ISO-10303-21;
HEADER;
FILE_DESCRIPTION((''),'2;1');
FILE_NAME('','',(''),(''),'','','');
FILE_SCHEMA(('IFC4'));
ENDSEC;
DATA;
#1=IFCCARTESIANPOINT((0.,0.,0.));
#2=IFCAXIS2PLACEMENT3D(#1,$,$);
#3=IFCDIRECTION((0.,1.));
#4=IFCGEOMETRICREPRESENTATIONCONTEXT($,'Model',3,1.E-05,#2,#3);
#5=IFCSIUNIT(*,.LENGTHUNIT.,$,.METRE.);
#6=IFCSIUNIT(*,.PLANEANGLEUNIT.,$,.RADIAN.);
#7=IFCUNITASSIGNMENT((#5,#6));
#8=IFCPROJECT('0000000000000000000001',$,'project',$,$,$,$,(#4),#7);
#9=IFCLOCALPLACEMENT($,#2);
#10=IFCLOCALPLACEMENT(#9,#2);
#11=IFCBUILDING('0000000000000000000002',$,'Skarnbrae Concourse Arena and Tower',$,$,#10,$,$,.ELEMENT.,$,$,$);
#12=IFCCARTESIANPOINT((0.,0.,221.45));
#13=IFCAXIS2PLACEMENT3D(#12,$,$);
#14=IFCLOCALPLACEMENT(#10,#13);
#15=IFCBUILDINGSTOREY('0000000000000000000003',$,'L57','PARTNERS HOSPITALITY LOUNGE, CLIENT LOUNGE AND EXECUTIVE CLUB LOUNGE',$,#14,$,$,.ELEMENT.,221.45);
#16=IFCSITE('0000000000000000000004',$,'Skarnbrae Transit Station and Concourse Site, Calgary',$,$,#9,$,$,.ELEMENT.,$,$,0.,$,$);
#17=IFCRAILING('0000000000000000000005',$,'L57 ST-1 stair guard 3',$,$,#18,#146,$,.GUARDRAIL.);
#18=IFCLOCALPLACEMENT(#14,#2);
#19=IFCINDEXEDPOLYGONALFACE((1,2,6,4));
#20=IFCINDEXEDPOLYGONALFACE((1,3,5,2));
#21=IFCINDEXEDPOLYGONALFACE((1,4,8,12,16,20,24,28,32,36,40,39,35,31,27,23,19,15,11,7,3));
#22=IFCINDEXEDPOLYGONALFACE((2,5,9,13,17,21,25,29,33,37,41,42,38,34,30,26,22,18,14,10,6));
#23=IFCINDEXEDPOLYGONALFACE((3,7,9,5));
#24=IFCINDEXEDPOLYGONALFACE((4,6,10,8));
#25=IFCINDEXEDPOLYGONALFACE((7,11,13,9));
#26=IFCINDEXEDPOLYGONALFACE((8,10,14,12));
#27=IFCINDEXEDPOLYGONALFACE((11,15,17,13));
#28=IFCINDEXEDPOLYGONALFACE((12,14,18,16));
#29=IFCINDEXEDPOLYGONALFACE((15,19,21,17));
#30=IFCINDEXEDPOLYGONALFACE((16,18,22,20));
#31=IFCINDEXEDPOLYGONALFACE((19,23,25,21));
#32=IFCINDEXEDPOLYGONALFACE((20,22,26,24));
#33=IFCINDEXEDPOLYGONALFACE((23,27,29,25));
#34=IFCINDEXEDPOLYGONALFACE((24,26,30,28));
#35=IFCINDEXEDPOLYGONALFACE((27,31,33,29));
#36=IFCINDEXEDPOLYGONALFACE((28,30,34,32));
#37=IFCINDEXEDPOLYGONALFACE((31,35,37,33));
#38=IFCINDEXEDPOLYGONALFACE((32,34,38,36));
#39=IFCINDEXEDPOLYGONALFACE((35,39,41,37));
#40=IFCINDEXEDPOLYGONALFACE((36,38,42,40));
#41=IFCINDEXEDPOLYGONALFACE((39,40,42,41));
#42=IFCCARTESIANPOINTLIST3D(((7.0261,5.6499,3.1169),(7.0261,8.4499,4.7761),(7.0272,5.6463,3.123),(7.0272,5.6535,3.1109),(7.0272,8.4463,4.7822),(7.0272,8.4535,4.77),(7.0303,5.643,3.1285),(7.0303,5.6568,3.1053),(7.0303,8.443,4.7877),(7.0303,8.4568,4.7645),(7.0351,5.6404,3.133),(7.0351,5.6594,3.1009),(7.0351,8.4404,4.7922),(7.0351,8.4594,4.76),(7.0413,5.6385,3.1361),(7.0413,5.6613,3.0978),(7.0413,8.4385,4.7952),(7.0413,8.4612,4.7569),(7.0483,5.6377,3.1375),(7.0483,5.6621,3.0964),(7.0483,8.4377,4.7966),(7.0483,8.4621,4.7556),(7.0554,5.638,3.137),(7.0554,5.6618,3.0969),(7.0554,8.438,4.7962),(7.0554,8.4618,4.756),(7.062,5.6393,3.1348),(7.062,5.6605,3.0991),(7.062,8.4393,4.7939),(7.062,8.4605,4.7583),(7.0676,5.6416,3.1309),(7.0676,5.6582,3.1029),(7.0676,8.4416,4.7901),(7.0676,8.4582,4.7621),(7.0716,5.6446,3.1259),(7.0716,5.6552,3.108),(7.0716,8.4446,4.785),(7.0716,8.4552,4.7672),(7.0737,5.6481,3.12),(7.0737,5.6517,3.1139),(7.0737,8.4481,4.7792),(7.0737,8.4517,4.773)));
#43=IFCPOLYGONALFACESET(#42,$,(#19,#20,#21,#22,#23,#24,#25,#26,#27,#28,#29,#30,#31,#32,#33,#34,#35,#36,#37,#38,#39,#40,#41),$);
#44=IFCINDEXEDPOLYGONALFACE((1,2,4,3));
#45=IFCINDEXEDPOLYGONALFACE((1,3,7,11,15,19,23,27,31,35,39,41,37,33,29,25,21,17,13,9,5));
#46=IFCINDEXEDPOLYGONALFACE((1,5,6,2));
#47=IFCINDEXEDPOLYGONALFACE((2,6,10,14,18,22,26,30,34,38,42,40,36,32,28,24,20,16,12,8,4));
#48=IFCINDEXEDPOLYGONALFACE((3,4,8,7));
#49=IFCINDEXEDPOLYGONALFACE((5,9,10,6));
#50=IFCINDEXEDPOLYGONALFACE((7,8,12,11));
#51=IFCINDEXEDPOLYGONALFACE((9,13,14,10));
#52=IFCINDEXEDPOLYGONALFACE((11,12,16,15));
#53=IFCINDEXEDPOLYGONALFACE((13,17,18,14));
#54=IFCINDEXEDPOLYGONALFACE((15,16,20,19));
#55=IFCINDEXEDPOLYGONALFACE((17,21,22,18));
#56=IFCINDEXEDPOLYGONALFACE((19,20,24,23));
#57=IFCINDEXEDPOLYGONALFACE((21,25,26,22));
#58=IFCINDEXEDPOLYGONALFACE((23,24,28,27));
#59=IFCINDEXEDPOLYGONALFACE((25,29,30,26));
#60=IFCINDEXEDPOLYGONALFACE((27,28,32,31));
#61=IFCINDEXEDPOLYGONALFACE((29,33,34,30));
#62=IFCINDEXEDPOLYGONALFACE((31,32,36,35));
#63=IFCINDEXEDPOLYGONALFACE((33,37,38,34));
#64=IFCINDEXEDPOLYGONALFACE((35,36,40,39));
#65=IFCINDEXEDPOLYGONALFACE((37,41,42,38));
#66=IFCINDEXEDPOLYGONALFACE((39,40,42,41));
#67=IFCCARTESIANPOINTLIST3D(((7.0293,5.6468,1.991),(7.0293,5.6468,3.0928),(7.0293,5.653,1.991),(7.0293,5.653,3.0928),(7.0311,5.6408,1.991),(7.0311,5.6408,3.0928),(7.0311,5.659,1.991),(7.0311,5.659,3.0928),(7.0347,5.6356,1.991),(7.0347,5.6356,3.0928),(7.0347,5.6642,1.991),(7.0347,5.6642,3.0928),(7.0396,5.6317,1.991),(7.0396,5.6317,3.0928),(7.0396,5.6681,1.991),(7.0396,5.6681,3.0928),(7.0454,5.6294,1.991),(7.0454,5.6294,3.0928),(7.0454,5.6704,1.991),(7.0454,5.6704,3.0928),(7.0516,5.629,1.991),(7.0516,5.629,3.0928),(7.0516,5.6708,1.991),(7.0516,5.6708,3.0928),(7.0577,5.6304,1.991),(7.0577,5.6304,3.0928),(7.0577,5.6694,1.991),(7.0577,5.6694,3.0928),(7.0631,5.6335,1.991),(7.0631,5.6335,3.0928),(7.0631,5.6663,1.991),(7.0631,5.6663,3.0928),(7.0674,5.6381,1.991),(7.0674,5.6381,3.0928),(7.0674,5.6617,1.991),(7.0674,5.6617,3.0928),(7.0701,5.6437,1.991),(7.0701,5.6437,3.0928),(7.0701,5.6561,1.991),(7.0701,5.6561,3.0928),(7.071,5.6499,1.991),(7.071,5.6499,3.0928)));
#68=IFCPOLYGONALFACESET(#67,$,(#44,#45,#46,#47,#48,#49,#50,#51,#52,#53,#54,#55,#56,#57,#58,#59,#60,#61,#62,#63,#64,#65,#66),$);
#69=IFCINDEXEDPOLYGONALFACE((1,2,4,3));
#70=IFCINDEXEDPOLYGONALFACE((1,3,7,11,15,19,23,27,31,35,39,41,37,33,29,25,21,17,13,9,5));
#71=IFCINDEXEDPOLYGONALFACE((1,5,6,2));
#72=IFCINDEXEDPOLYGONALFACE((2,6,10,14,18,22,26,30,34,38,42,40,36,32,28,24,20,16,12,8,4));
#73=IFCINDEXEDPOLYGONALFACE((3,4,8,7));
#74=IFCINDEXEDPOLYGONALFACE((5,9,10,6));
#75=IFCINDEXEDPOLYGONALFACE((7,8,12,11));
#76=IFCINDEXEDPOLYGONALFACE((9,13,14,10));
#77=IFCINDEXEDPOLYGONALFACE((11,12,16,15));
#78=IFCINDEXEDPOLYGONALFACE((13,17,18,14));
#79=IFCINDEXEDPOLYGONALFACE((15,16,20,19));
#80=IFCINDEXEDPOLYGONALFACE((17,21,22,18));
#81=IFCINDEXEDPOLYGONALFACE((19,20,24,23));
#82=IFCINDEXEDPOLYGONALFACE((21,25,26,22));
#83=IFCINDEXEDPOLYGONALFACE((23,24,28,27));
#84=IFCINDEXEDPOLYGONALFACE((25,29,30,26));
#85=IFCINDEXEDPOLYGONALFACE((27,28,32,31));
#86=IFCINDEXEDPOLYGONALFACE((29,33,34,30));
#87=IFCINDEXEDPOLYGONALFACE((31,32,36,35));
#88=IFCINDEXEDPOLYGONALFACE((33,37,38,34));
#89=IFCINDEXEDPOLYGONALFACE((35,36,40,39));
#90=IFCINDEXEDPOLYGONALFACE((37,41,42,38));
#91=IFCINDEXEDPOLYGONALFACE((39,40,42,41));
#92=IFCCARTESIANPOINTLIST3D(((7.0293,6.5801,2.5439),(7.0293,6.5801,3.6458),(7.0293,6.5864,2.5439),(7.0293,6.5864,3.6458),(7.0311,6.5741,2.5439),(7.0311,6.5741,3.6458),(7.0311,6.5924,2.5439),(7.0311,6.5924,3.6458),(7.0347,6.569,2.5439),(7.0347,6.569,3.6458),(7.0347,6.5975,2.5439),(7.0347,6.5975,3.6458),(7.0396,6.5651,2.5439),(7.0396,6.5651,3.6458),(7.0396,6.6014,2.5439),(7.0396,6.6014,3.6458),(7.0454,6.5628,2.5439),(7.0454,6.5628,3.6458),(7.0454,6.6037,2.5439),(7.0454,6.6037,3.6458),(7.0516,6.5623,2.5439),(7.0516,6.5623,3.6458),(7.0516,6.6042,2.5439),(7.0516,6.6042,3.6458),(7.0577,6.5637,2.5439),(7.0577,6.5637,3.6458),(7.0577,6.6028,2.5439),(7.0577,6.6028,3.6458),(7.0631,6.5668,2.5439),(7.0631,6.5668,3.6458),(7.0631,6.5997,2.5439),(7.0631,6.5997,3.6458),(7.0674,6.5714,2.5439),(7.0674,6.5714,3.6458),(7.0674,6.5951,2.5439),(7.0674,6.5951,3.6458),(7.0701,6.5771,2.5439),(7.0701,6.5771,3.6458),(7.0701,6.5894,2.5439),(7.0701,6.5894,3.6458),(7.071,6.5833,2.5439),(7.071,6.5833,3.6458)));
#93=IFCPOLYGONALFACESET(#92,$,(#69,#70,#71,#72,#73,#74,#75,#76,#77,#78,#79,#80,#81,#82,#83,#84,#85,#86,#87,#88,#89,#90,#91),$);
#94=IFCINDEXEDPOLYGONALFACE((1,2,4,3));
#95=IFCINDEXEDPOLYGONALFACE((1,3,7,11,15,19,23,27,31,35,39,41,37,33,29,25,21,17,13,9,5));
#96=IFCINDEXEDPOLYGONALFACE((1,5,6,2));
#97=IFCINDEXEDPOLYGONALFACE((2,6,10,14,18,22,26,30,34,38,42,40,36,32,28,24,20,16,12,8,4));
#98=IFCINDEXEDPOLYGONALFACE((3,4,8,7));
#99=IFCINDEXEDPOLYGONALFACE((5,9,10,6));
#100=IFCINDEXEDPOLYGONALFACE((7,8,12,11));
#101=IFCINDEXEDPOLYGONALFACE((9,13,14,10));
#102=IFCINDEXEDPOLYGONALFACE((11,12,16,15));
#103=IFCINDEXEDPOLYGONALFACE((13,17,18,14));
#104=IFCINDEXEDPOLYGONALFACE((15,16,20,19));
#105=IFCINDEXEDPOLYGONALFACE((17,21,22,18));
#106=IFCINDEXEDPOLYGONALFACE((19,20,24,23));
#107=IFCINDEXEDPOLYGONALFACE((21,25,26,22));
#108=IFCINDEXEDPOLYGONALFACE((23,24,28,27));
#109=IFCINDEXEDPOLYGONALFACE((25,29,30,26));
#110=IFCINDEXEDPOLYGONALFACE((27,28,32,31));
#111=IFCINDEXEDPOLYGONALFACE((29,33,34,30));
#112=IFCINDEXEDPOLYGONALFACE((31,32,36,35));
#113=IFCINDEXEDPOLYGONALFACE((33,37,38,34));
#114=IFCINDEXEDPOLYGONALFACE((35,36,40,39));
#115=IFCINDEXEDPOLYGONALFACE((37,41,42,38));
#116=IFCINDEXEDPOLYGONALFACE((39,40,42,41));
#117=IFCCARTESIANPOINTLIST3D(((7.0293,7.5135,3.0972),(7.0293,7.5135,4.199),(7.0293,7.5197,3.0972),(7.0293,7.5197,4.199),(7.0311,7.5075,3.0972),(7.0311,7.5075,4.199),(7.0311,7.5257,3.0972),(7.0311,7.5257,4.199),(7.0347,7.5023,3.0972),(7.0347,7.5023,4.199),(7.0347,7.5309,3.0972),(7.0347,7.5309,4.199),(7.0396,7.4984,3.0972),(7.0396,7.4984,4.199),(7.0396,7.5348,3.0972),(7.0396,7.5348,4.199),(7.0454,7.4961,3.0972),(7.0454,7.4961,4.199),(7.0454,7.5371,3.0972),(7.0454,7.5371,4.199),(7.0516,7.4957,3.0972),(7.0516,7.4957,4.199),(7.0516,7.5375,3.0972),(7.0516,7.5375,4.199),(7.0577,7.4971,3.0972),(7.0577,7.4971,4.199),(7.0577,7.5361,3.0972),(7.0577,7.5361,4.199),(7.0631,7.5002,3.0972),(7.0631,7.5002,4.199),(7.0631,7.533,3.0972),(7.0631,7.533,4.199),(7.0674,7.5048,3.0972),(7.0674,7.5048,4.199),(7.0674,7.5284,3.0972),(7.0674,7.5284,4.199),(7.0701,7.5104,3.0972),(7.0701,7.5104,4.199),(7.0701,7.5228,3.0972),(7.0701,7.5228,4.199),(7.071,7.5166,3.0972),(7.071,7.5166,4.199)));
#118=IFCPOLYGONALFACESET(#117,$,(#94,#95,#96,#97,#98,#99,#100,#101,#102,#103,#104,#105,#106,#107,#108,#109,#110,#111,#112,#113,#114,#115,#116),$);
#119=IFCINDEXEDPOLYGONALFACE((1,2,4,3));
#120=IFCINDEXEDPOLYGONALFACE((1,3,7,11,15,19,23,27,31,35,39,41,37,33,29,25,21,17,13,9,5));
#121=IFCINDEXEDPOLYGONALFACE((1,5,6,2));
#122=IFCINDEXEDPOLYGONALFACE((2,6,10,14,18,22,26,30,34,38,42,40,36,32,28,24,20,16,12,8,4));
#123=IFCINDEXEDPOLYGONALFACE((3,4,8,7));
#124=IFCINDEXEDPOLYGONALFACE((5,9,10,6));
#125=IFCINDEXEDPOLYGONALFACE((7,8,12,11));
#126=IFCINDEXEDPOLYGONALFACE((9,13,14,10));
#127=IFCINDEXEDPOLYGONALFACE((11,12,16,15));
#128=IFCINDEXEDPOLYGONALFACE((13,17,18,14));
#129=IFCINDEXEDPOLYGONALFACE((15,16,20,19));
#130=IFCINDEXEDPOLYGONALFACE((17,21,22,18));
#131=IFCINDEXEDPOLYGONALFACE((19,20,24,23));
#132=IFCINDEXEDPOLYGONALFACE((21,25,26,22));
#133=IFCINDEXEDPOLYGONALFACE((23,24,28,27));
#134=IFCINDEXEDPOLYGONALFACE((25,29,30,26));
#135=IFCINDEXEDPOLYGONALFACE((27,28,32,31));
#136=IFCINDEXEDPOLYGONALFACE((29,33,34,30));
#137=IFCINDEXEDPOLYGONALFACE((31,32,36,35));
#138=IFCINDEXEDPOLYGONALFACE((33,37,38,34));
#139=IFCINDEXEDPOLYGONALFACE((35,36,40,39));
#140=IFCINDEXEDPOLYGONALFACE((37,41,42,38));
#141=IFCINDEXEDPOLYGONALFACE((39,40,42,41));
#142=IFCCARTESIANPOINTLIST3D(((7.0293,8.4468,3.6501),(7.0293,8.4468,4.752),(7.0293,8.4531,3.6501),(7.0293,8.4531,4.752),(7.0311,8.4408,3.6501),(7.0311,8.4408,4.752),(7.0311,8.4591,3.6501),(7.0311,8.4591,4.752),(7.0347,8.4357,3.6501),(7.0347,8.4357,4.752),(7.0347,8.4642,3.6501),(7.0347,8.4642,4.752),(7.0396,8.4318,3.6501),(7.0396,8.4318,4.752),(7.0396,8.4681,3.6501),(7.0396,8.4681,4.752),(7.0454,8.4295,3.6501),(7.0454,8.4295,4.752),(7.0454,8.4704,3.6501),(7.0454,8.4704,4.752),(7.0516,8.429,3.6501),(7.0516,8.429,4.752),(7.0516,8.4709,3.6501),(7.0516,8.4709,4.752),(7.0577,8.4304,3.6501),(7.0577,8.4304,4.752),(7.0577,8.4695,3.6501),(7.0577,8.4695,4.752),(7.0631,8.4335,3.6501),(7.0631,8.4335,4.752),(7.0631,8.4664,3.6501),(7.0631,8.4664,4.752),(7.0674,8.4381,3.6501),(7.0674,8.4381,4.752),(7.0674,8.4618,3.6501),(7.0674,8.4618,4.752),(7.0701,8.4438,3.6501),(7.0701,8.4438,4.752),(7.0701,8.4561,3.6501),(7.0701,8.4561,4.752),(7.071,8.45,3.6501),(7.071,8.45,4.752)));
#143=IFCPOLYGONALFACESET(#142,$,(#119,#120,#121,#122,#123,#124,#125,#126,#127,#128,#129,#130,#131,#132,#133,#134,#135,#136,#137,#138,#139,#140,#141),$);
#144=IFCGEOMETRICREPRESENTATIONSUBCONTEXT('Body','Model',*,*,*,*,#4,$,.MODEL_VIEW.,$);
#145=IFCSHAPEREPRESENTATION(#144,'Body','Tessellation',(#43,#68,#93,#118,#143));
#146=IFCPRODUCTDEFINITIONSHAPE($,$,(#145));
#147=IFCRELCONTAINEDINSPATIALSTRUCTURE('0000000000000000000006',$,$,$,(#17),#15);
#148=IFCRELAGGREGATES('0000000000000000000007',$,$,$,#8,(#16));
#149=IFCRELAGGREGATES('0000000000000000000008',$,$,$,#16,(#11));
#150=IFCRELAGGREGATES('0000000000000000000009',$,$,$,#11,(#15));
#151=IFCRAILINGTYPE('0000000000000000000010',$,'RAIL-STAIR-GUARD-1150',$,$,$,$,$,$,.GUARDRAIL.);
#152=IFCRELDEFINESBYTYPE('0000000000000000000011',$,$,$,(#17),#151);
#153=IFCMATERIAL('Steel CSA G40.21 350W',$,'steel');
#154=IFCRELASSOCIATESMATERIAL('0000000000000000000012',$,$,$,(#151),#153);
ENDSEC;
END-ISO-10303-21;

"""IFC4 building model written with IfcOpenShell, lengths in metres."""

from ifc_helpers import new_model, si_unit, direction, frame, origin, origin_2d, place, context, subcontext, project, spatial, circle, extrude, material, type_object, element, save


model = new_model("IFC4")

# Units and contexts
model_context = context("Model", 3, precision=1e-05, world=origin(), true_north=direction((0.0, 1.0)))
body_context = subcontext(model_context, "Body", "Model", "MODEL_VIEW")
ifc_project = project(units=[si_unit("LENGTHUNIT", "METRE"), si_unit("PLANEANGLEUNIT", "RADIAN")], contexts=[model_context])

# Site, building, storey
site_placement = place(None, origin())
site = spatial("IfcSite", under=ifc_project, at=site_placement, Name="Skarnbrae Transit Station and Concourse Site, Calgary", CompositionType="ELEMENT", RefElevation=0.0)
building_placement = place(site_placement, origin())
building = spatial("IfcBuilding", under=site, at=building_placement, Name="Skarnbrae Concourse Arena and Tower", CompositionType="ELEMENT")
storey_placement = place(building_placement, frame((0.0, 0.0, 221.45)))
storey = spatial("IfcBuildingStorey", under=building, at=storey_placement, Name="L57", Description="PARTNERS HOSPITALITY LOUNGE, CLIENT LOUNGE AND EXECUTIVE CLUB LOUNGE", CompositionType="ELEMENT", Elevation=221.45)

# Shared definitions
ifc_material_1 = material(Name="Steel CSA G40.21 350W", Category="steel")

# Railing
railing_type_1 = type_object("IfcRailingType", Name="RAIL-STAIR-GUARD-1150", PredefinedType="GUARDRAIL", material=ifc_material_1)
railing_1_placement = place(storey_placement, frame((7.05, 5.6499, 1.991)))
element("IfcRailing", 1, at=railing_1_placement, inside=storey, type_object=railing_type_1, Name="L57 ST-1 stair guard 3", PredefinedType="GUARDRAIL", context=body_context, shape_type="SweptSolid", body=[
    extrude(circle(Radius=0.0239, at=origin_2d()), frame((0.0, 0.0, 1.126), z_axis=(0.0, 0.860306, 0.509778), x_axis=(-1.0, 0.0, 0.0)), (0.0, 0.0, 1.0), 3.2546),
    extrude(circle(Radius=0.021, at=origin_2d()), origin(), (0.0, 0.0, 1.0), 1.1018),
    extrude(circle(Radius=0.021, at=origin_2d()), frame((0.0, 0.9333, 0.553)), (0.0, 0.0, 1.0), 1.1018),
    extrude(circle(Radius=0.021, at=origin_2d()), frame((0.0, 1.8667, 1.1062)), (0.0, 0.0, 1.0), 1.1018),
    extrude(circle(Radius=0.021, at=origin_2d()), frame((0.0, 2.8, 1.6592)), (0.0, 0.0, 1.0), 1.1018),
])

save(model, "model.ifc")
